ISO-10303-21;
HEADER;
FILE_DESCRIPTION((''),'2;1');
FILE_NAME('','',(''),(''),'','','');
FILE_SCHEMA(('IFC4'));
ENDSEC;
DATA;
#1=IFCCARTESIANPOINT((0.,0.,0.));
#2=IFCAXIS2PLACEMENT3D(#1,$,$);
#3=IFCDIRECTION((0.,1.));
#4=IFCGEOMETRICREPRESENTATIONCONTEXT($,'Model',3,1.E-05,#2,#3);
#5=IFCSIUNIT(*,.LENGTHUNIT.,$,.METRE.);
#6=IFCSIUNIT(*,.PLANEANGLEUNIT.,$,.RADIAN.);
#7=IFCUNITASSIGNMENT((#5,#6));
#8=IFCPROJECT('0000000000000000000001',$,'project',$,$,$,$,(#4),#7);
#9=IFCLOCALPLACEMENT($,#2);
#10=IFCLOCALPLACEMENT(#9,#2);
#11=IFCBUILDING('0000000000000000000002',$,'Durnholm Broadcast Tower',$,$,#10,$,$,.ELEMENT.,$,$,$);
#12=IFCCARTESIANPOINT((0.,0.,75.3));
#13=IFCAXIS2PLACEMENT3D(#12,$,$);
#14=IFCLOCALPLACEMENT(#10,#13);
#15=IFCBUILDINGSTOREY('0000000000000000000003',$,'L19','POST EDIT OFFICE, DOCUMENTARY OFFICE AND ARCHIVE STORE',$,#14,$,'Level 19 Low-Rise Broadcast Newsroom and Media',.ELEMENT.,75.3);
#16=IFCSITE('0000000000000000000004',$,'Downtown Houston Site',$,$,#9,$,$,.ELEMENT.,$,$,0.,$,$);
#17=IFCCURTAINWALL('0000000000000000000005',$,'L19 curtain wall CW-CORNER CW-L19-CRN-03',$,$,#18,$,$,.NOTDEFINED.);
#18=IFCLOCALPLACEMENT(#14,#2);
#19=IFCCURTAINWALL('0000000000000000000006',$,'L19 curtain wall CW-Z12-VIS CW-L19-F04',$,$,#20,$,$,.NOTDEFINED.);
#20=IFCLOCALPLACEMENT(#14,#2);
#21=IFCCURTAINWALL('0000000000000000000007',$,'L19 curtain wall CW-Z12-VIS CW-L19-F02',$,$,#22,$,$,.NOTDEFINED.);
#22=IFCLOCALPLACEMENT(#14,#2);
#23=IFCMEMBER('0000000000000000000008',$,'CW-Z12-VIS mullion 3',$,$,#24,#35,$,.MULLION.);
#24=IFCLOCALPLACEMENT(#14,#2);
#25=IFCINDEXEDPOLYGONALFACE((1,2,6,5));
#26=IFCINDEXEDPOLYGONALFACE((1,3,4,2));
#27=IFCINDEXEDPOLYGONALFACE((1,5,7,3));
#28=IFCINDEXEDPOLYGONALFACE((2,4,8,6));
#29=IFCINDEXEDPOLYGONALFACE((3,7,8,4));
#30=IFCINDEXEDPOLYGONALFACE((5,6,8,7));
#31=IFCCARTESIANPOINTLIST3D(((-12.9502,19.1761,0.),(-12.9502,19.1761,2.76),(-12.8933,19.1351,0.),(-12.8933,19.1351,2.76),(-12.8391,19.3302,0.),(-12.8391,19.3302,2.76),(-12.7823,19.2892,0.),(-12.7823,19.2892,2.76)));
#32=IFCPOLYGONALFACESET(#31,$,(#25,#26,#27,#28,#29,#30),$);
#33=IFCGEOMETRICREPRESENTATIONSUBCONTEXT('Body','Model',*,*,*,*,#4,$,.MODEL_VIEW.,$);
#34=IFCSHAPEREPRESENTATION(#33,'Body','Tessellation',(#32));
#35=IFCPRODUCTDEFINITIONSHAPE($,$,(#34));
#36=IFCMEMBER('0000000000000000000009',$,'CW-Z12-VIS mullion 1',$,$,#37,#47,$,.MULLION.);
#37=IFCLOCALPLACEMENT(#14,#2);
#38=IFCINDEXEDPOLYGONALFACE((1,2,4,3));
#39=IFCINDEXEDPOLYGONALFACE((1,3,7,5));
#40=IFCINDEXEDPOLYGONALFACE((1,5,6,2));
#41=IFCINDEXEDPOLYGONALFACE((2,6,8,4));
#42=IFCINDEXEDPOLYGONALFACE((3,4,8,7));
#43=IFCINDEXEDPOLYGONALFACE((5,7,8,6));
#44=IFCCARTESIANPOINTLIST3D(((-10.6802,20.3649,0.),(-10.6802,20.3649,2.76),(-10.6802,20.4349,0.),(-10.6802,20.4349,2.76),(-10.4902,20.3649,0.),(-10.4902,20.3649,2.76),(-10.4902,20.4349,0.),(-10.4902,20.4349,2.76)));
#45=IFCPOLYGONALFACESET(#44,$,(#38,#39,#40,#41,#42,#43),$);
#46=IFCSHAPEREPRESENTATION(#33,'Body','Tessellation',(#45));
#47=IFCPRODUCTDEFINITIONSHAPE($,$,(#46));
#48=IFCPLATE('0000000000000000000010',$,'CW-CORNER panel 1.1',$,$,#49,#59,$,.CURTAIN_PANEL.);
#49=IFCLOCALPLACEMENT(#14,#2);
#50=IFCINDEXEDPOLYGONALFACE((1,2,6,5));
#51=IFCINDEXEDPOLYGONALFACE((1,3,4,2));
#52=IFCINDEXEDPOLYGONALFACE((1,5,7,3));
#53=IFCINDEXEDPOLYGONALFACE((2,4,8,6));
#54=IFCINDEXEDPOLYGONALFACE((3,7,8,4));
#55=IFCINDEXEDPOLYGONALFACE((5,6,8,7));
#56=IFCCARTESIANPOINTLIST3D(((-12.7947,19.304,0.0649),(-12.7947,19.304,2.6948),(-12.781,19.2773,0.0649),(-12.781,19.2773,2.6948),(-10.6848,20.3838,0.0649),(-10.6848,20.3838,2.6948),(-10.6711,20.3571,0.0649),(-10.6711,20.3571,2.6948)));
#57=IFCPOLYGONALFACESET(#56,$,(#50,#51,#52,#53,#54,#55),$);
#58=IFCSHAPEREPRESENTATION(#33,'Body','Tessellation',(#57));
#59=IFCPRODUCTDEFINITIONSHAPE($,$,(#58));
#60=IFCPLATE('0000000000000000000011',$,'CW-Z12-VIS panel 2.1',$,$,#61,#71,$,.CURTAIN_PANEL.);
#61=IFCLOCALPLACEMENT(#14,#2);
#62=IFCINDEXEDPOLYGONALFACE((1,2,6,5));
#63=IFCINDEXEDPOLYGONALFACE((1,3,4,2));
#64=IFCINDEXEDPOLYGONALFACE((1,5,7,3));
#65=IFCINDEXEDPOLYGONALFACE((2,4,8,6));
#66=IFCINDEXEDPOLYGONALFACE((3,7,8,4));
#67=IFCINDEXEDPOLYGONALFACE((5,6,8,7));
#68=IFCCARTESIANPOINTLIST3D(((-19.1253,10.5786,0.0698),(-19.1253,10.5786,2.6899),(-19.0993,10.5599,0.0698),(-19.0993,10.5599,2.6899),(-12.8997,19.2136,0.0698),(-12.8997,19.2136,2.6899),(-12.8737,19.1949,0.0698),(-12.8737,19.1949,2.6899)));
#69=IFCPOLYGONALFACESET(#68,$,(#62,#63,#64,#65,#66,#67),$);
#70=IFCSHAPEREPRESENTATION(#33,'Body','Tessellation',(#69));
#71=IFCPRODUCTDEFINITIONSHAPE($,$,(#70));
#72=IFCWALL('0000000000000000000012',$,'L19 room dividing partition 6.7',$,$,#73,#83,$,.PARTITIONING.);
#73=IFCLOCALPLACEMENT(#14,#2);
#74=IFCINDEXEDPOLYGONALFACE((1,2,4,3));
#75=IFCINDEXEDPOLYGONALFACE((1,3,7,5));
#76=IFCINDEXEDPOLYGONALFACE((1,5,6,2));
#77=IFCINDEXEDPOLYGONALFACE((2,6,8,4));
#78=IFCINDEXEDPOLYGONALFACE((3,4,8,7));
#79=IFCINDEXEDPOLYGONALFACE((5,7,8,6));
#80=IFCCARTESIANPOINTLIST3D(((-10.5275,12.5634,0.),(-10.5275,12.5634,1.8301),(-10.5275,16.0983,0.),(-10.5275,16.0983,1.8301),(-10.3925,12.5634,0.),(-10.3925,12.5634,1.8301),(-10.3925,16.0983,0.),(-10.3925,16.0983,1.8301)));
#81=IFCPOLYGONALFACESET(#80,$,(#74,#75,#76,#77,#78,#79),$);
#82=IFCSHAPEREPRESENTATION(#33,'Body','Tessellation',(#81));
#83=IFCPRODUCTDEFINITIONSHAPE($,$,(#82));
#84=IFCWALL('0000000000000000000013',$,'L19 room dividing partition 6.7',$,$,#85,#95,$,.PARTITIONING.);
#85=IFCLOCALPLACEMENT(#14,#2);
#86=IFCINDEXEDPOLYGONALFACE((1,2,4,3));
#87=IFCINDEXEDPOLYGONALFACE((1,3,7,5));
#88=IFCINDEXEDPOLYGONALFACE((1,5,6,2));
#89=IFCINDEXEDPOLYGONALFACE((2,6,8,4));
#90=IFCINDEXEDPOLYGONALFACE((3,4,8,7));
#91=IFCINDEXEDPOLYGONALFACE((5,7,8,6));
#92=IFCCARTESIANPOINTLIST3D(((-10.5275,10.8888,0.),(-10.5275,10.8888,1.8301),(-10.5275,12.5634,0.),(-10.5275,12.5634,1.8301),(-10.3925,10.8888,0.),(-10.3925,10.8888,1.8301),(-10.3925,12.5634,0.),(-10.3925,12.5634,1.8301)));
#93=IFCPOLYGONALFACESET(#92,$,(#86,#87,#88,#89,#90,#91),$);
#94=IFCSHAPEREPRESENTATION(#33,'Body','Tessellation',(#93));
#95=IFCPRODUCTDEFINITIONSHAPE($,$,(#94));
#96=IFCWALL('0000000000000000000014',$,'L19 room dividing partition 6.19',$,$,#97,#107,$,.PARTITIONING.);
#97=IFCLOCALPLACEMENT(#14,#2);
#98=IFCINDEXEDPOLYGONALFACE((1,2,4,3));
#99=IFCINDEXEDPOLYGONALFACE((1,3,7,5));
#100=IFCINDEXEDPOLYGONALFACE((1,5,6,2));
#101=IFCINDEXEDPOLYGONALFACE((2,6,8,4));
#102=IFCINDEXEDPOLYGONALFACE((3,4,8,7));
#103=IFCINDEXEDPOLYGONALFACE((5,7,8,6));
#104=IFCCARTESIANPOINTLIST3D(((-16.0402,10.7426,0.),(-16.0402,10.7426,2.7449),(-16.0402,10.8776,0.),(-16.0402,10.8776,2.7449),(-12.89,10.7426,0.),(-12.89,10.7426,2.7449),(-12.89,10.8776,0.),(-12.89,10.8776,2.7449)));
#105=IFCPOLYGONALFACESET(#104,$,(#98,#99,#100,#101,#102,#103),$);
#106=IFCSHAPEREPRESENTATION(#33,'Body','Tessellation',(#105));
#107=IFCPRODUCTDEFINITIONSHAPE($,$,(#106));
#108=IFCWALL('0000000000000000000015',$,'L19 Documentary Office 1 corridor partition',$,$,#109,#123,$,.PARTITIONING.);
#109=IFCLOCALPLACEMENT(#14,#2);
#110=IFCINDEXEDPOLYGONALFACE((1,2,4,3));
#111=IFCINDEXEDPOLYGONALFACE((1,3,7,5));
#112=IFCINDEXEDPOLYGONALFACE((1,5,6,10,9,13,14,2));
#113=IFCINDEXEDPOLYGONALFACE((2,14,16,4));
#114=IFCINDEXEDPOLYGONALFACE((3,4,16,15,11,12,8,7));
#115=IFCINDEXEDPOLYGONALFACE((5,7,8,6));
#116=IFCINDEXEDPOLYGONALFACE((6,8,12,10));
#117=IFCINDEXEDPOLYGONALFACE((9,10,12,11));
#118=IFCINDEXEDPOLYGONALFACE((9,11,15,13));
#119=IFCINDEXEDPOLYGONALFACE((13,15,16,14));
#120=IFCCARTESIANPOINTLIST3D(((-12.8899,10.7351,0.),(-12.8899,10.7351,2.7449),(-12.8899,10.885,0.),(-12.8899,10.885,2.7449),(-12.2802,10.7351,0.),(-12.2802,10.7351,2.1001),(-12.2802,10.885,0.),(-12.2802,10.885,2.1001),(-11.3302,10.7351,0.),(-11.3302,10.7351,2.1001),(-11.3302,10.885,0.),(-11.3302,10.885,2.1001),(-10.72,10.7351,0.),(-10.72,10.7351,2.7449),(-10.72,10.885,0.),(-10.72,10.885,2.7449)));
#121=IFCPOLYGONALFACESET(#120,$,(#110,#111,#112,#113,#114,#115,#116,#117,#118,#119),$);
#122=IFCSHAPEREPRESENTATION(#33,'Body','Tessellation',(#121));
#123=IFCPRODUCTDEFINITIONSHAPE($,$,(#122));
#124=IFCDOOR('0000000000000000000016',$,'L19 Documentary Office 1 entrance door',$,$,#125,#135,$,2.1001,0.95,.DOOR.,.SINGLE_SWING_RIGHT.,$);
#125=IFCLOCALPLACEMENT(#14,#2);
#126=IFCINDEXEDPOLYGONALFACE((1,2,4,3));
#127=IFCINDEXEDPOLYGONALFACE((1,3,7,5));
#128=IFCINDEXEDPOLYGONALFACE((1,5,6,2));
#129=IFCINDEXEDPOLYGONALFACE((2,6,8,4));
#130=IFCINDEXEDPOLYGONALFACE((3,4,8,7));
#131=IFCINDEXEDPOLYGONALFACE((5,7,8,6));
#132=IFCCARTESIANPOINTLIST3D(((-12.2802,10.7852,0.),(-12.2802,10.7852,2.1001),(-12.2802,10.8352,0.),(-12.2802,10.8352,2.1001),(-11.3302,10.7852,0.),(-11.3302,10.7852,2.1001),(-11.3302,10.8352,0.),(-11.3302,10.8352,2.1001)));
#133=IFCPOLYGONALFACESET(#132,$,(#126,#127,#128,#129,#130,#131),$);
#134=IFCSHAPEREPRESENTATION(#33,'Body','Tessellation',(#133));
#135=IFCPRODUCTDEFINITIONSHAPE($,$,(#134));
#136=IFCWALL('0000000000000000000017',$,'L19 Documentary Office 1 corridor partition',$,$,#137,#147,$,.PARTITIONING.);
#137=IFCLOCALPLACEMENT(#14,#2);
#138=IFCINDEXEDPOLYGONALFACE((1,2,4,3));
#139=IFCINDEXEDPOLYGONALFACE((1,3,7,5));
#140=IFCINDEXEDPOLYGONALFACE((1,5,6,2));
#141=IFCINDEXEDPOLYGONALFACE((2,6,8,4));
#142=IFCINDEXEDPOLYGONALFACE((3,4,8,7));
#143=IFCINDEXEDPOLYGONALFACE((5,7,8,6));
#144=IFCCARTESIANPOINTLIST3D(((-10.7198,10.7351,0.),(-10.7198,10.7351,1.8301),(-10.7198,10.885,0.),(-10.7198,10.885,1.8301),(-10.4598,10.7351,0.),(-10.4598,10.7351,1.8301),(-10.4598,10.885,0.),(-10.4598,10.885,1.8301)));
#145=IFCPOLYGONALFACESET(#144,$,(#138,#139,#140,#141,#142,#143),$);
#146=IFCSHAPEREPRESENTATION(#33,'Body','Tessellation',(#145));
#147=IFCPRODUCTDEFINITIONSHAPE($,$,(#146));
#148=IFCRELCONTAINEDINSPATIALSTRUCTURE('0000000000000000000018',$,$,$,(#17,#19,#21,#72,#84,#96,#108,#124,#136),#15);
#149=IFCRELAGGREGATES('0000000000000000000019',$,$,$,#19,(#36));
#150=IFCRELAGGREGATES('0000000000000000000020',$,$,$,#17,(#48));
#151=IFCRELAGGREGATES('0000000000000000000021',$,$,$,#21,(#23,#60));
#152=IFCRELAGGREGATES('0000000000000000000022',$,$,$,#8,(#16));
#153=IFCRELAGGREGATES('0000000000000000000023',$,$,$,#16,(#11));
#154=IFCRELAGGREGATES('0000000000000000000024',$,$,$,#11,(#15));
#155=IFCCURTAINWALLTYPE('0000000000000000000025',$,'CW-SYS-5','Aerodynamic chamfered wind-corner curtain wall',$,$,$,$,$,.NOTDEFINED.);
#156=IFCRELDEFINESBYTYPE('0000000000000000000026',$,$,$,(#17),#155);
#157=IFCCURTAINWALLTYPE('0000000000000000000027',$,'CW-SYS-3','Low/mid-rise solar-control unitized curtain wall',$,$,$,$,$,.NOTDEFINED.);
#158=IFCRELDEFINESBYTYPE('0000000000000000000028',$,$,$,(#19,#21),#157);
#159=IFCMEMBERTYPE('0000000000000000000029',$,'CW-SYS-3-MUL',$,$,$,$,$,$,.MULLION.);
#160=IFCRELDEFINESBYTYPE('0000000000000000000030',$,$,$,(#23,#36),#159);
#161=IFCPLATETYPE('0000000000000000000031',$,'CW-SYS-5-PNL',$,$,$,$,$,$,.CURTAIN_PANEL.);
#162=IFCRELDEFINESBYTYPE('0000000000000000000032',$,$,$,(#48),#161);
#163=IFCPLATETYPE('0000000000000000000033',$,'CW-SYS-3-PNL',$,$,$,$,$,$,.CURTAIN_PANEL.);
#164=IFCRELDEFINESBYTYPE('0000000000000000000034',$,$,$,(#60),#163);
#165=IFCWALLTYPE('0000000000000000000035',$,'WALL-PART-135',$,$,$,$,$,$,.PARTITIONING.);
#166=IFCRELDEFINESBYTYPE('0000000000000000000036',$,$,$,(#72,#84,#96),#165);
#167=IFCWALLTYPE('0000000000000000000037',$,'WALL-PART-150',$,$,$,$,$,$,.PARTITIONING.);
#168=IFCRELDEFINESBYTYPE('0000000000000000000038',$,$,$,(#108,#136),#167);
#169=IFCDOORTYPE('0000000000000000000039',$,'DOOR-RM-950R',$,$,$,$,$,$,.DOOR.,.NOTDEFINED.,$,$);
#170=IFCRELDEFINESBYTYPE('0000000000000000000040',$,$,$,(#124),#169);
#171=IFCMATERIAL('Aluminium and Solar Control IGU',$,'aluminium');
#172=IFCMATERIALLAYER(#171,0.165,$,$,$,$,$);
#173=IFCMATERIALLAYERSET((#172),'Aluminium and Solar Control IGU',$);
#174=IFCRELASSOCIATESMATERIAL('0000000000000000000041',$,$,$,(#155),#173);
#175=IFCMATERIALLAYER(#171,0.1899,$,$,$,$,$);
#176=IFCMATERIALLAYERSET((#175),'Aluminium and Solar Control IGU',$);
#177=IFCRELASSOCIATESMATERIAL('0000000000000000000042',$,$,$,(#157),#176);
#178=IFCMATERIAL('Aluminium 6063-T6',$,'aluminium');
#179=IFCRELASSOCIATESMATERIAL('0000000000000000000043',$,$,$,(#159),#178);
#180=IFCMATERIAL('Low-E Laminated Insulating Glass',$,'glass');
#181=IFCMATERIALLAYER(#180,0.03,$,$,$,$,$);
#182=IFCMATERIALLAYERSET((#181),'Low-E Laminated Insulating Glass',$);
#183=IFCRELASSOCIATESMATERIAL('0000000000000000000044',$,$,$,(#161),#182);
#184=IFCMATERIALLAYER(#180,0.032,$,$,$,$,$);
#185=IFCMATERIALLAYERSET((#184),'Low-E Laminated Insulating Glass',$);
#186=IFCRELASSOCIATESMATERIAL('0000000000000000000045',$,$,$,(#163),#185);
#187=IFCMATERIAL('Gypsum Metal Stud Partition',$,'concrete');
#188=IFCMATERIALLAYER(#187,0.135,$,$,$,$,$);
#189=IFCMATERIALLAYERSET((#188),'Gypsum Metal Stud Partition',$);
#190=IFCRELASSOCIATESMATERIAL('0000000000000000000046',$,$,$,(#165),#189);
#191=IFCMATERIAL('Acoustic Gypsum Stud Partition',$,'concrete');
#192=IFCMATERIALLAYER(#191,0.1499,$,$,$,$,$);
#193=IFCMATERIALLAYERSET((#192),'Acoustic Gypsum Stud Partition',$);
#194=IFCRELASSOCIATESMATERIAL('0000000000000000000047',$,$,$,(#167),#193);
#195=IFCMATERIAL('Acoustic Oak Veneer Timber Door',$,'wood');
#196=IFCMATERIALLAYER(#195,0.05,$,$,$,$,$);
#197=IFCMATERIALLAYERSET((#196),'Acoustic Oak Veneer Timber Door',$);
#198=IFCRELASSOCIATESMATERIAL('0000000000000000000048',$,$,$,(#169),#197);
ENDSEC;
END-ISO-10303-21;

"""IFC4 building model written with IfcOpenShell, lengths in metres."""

from ifc_helpers import new_model, si_unit, direction, frame, frame_2d, origin, origin_2d, place, context, subcontext, project, spatial, rectangle, extrude, source, transform, mapped, material, layer, layer_set, material_profile, profile_set, type_object, type_shapes, element, fill, aggregate, save


model = new_model("IFC4")

# Units and contexts
model_context = context("Model", 3, precision=1e-05, world=origin(), true_north=direction((0.0, 1.0)))
body_context = subcontext(model_context, "Body", "Model", "MODEL_VIEW")
ifc_project = project(units=[si_unit("LENGTHUNIT", "METRE"), si_unit("PLANEANGLEUNIT", "RADIAN")], contexts=[model_context])

# Site, building, storey
site_placement = place(None, origin())
site = spatial("IfcSite", under=ifc_project, at=site_placement, Name="Downtown Houston Site", CompositionType="ELEMENT", RefElevation=0.0)
building_placement = place(site_placement, origin())
building = spatial("IfcBuilding", under=site, at=building_placement, Name="Durnholm Broadcast Tower", CompositionType="ELEMENT")
storey_placement = place(building_placement, frame((0.0, 0.0, 75.3)))
storey = spatial("IfcBuildingStorey", under=building, at=storey_placement, Name="L19", Description="POST EDIT OFFICE, DOCUMENTARY OFFICE AND ARCHIVE STORE", LongName="Level 19 Low-Rise Broadcast Newsroom and Media", CompositionType="ELEMENT", Elevation=75.3)

# Curtain walls
ifc_material_1 = material(Name="Aluminium and Solar Control IGU", Category="aluminium")
ifc_layer_1 = layer(ifc_material_1, 0.165)
ifc_layer_set_1 = layer_set([ifc_layer_1], Name="Aluminium and Solar Control IGU")
curtain_wall_type_1 = type_object("IfcCurtainWallType", Name="CW-SYS-5", Description="Aerodynamic chamfered wind-corner curtain wall", PredefinedType="NOTDEFINED", material=ifc_layer_set_1)
curtain_wall_1_placement = place(storey_placement, origin())
curtain_wall_1 = element("IfcCurtainWall", 1, at=curtain_wall_1_placement, inside=storey, type_object=curtain_wall_type_1, Name="L19 curtain wall CW-CORNER CW-L19-CRN-03", PredefinedType="NOTDEFINED")
ifc_material_2 = material(Name="Aluminium 6063-T6", Category="aluminium")
ifc_layer_2 = layer(ifc_material_1, 0.1899)
ifc_layer_set_2 = layer_set([ifc_layer_2], Name="Aluminium and Solar Control IGU")
curtain_wall_type_2 = type_object("IfcCurtainWallType", Name="CW-SYS-3", Description="Low/mid-rise solar-control unitized curtain wall", PredefinedType="NOTDEFINED", material=ifc_layer_set_2)
curtain_wall_2_placement = place(storey_placement, origin())
curtain_wall_2 = element("IfcCurtainWall", 2, at=curtain_wall_2_placement, inside=storey, type_object=curtain_wall_type_2, Name="L19 curtain wall CW-Z12-VIS CW-L19-F04", PredefinedType="NOTDEFINED")

# Curtain wall, member
curtain_wall_3_placement = place(storey_placement, origin())
curtain_wall_3 = element("IfcCurtainWall", 3, at=curtain_wall_3_placement, inside=storey, type_object=curtain_wall_type_2, Name="L19 curtain wall CW-Z12-VIS CW-L19-F02", PredefinedType="NOTDEFINED")
ifc_material_profile_1 = material_profile(ifc_material_2, rectangle(XDim=0.0701, YDim=0.1899, at=origin_2d()), Name="CWM70X190")
ifc_profile_set_1 = profile_set([ifc_material_profile_1], Name="Aluminium 6063-T6")
member_type_1 = type_object("IfcMemberType", Name="CW-SYS-3-MUL", PredefinedType="MULLION", material=ifc_profile_set_1)
shared_shape_1 = source(origin(), body_context, "Body", "SweptSolid", [
    extrude(rectangle(XDim=0.0701, YDim=0.1899, at=origin_2d()), origin(), (0.0, 0.0, 1.0), 2.76),
])
type_shapes(member_type_1, [shared_shape_1])
member_1_placement = place(storey_placement, frame((-12.8662, 19.2327, 0.0), z_axis=(0.0, 0.0, 1.0), x_axis=(-0.811161, 0.584823, 0.0)))
member_1 = element("IfcMember", 4, at=member_1_placement, type_object=member_type_1, Name="CW-Z12-VIS mullion 3", PredefinedType="MULLION", context=body_context, shape_type="MappedRepresentation", body=[
    mapped(shared_shape_1, transform((0.0, 0.0, 0.0), x_axis=(1.0, 0.0, 0.0), y_axis=(0.0, 1.0, 0.0), z_axis=(0.0, 0.0, 1.0), scale=1.0)),
])

# Member
member_2_placement = place(storey_placement, frame((-10.5852, 20.3999, 0.0), z_axis=(0.0, 0.0, 1.0), x_axis=(0.0, 1.0, 0.0)))
member_2 = element("IfcMember", 5, at=member_2_placement, type_object=member_type_1, Name="CW-Z12-VIS mullion 1", PredefinedType="MULLION", context=body_context, shape_type="MappedRepresentation", body=[
    mapped(shared_shape_1, transform((0.0, 0.0, 0.0), x_axis=(1.0, 0.0, 0.0), y_axis=(0.0, 1.0, 0.0), z_axis=(0.0, 0.0, 1.0), scale=1.0)),
])
aggregate(curtain_wall_2, [member_2])

# Plates
ifc_material_3 = material(Name="Low-E Laminated Insulating Glass", Category="glass")
ifc_layer_3 = layer(ifc_material_3, 0.03)
ifc_layer_set_3 = layer_set([ifc_layer_3], Name="Low-E Laminated Insulating Glass")
plate_type_1 = type_object("IfcPlateType", Name="CW-SYS-5-PNL", PredefinedType="CURTAIN_PANEL", material=ifc_layer_set_3)
shared_shape_2 = source(origin(), body_context, "Body", "SweptSolid", [
    extrude(rectangle(XDim=2.3701, YDim=0.03, at=origin_2d()), origin(), (0.0, 0.0, 1.0), 2.6299),
])
type_shapes(plate_type_1, [shared_shape_2])
plate_1_placement = place(storey_placement, frame((-11.7329, 19.8306, 0.0649), z_axis=(0.0, 0.0, 1.0), x_axis=(0.890188, 0.455594, 0.0)))
plate_1 = element("IfcPlate", 6, at=plate_1_placement, type_object=plate_type_1, Name="CW-CORNER panel 1.1", PredefinedType="CURTAIN_PANEL", context=body_context, shape_type="MappedRepresentation", body=[
    mapped(shared_shape_2, transform((0.0, 0.0, 0.0), x_axis=(1.0, 0.0, 0.0), y_axis=(0.0, 1.0, 0.0), z_axis=(0.0, 0.0, 1.0), scale=1.0)),
])
aggregate(curtain_wall_1, [plate_1])
ifc_layer_4 = layer(ifc_material_3, 0.032)
ifc_layer_set_4 = layer_set([ifc_layer_4], Name="Low-E Laminated Insulating Glass")
plate_type_2 = type_object("IfcPlateType", Name="CW-SYS-3-PNL", PredefinedType="CURTAIN_PANEL", material=ifc_layer_set_4)
shared_shape_3 = source(origin(), body_context, "Body", "SweptSolid", [
    extrude(rectangle(XDim=10.6453, YDim=0.032, at=origin_2d()), origin(), (0.0, 0.0, 1.0), 2.6201),
])
type_shapes(plate_type_2, [shared_shape_3])
plate_2_placement = place(storey_placement, frame((-15.9995, 14.8867, 0.0698), z_axis=(0.0, 0.0, 1.0), x_axis=(0.584823, 0.811161, 0.0)))
plate_2 = element("IfcPlate", 7, at=plate_2_placement, type_object=plate_type_2, Name="CW-Z12-VIS panel 2.1", PredefinedType="CURTAIN_PANEL", context=body_context, shape_type="MappedRepresentation", body=[
    mapped(shared_shape_3, transform((0.0, 0.0, 0.0), x_axis=(1.0, 0.0, 0.0), y_axis=(0.0, 1.0, 0.0), z_axis=(0.0, 0.0, 1.0), scale=1.0)),
])
aggregate(curtain_wall_3, [member_1, plate_2])

# Walls
ifc_material_4 = material(Name="Gypsum Metal Stud Partition", Category="concrete")
ifc_layer_5 = layer(ifc_material_4, 0.135)
ifc_layer_set_5 = layer_set([ifc_layer_5], Name="Gypsum Metal Stud Partition")
wall_type_1 = type_object("IfcWallType", Name="WALL-PART-135", PredefinedType="PARTITIONING", material=ifc_layer_set_5)
wall_1_placement = place(storey_placement, frame((-10.46, 16.0984, 0.0), z_axis=(0.0, 0.0, 1.0), x_axis=(0.0, -1.0, 0.0)))
element("IfcWall", 8, at=wall_1_placement, inside=storey, type_object=wall_type_1, Name="L19 room dividing partition 6.7", PredefinedType="PARTITIONING", context=body_context, shape_type="SweptSolid", body=[
    extrude(rectangle(XDim=3.5349, YDim=0.135, at=frame_2d((1.7676, 0.0))), origin(), (0.0, 0.0, 1.0), 1.8301),
])
wall_2_placement = place(storey_placement, frame((-10.46, 12.5635, 0.0), z_axis=(0.0, 0.0, 1.0), x_axis=(0.0, -1.0, 0.0)))
element("IfcWall", 9, at=wall_2_placement, inside=storey, type_object=wall_type_1, Name="L19 room dividing partition 6.7", PredefinedType="PARTITIONING", context=body_context, shape_type="SweptSolid", body=[
    extrude(rectangle(XDim=1.6746, YDim=0.135, at=frame_2d((0.8374, 0.0))), origin(), (0.0, 0.0, 1.0), 1.8301),
])
wall_3_placement = place(storey_placement, frame((-12.8899, 10.8101, 0.0), z_axis=(0.0, 0.0, 1.0), x_axis=(-1.0, 0.0, 0.0)))
element("IfcWall", 10, at=wall_3_placement, inside=storey, type_object=wall_type_1, Name="L19 room dividing partition 6.19", PredefinedType="PARTITIONING", context=body_context, shape_type="SweptSolid", body=[
    extrude(rectangle(XDim=3.1501, YDim=0.135, at=frame_2d((1.5752, 0.0))), origin(), (0.0, 0.0, 1.0), 2.7449),
])

# Wall, opening, door
ifc_material_5 = material(Name="Acoustic Gypsum Stud Partition", Category="concrete")
ifc_layer_6 = layer(ifc_material_5, 0.1499)
ifc_layer_set_6 = layer_set([ifc_layer_6], Name="Acoustic Gypsum Stud Partition")
wall_type_2 = type_object("IfcWallType", Name="WALL-PART-150", PredefinedType="PARTITIONING", material=ifc_layer_set_6)
wall_4_placement = place(storey_placement, frame((-10.72, 10.8101, 0.0), z_axis=(0.0, 0.0, 1.0), x_axis=(-1.0, 0.0, 0.0)))
wall_4 = element("IfcWall", 11, at=wall_4_placement, inside=storey, type_object=wall_type_2, Name="L19 Documentary Office 1 corridor partition", PredefinedType="PARTITIONING", context=body_context, shape_type="SweptSolid", body=[
    extrude(rectangle(XDim=2.1699, YDim=0.1499, at=frame_2d((1.085, 0.0))), origin(), (0.0, 0.0, 1.0), 2.7449),
])
opening_placement = place(wall_4_placement, frame((0.6101, 0.0, 0.0)))
opening = element("IfcOpeningElement", 12, at=opening_placement, cuts=wall_4, PredefinedType="OPENING", context=body_context, shape_type="SweptSolid", body=[
    extrude(rectangle(XDim=0.95, YDim=2.1001, at=frame_2d((0.4751, 1.05))), frame((0.0, 0.085, 0.0), z_axis=(0.0, -1.0, 0.0), x_axis=(1.0, 0.0, 0.0)), (0.0, 0.0, 1.0), 0.1699),
])
ifc_material_6 = material(Name="Acoustic Oak Veneer Timber Door", Category="wood")
ifc_layer_7 = layer(ifc_material_6, 0.05)
ifc_layer_set_7 = layer_set([ifc_layer_7], Name="Acoustic Oak Veneer Timber Door")
door_type = type_object("IfcDoorType", Name="DOOR-RM-950R", OperationType="NOTDEFINED", PredefinedType="DOOR", material=ifc_layer_set_7)
shared_shape_4 = source(origin(), body_context, "Body", "SweptSolid", [
    extrude(rectangle(XDim=0.95, YDim=2.1001, at=frame_2d((0.4751, 1.05))), frame((0.0, 0.0249, 0.0), z_axis=(0.0, -1.0, 0.0), x_axis=(1.0, 0.0, 0.0)), (0.0, 0.0, 1.0), 0.05),
])
type_shapes(door_type, [shared_shape_4])
door_placement = place(opening_placement, origin())
door = element("IfcDoor", 13, at=door_placement, inside=storey, type_object=door_type, Name="L19 Documentary Office 1 entrance door", OperationType="SINGLE_SWING_RIGHT", OverallHeight=2.1001, OverallWidth=0.95, PredefinedType="DOOR", context=body_context, shape_type="MappedRepresentation", body=[
    mapped(shared_shape_4, transform((0.0, 0.0, 0.0), x_axis=(1.0, 0.0, 0.0), y_axis=(0.0, 1.0, 0.0), z_axis=(0.0, 0.0, 1.0), scale=1.0)),
])
fill(opening, door)

# Wall
wall_5_placement = place(storey_placement, frame((-10.46, 10.8101, 0.0), z_axis=(0.0, 0.0, 1.0), x_axis=(-1.0, 0.0, 0.0)))
element("IfcWall", 14, at=wall_5_placement, inside=storey, type_object=wall_type_2, Name="L19 Documentary Office 1 corridor partition", PredefinedType="PARTITIONING", context=body_context, shape_type="SweptSolid", body=[
    extrude(rectangle(XDim=0.26, YDim=0.1499, at=frame_2d((0.1299, 0.0))), origin(), (0.0, 0.0, 1.0), 1.8301),
])

save(model, "model.ifc")
